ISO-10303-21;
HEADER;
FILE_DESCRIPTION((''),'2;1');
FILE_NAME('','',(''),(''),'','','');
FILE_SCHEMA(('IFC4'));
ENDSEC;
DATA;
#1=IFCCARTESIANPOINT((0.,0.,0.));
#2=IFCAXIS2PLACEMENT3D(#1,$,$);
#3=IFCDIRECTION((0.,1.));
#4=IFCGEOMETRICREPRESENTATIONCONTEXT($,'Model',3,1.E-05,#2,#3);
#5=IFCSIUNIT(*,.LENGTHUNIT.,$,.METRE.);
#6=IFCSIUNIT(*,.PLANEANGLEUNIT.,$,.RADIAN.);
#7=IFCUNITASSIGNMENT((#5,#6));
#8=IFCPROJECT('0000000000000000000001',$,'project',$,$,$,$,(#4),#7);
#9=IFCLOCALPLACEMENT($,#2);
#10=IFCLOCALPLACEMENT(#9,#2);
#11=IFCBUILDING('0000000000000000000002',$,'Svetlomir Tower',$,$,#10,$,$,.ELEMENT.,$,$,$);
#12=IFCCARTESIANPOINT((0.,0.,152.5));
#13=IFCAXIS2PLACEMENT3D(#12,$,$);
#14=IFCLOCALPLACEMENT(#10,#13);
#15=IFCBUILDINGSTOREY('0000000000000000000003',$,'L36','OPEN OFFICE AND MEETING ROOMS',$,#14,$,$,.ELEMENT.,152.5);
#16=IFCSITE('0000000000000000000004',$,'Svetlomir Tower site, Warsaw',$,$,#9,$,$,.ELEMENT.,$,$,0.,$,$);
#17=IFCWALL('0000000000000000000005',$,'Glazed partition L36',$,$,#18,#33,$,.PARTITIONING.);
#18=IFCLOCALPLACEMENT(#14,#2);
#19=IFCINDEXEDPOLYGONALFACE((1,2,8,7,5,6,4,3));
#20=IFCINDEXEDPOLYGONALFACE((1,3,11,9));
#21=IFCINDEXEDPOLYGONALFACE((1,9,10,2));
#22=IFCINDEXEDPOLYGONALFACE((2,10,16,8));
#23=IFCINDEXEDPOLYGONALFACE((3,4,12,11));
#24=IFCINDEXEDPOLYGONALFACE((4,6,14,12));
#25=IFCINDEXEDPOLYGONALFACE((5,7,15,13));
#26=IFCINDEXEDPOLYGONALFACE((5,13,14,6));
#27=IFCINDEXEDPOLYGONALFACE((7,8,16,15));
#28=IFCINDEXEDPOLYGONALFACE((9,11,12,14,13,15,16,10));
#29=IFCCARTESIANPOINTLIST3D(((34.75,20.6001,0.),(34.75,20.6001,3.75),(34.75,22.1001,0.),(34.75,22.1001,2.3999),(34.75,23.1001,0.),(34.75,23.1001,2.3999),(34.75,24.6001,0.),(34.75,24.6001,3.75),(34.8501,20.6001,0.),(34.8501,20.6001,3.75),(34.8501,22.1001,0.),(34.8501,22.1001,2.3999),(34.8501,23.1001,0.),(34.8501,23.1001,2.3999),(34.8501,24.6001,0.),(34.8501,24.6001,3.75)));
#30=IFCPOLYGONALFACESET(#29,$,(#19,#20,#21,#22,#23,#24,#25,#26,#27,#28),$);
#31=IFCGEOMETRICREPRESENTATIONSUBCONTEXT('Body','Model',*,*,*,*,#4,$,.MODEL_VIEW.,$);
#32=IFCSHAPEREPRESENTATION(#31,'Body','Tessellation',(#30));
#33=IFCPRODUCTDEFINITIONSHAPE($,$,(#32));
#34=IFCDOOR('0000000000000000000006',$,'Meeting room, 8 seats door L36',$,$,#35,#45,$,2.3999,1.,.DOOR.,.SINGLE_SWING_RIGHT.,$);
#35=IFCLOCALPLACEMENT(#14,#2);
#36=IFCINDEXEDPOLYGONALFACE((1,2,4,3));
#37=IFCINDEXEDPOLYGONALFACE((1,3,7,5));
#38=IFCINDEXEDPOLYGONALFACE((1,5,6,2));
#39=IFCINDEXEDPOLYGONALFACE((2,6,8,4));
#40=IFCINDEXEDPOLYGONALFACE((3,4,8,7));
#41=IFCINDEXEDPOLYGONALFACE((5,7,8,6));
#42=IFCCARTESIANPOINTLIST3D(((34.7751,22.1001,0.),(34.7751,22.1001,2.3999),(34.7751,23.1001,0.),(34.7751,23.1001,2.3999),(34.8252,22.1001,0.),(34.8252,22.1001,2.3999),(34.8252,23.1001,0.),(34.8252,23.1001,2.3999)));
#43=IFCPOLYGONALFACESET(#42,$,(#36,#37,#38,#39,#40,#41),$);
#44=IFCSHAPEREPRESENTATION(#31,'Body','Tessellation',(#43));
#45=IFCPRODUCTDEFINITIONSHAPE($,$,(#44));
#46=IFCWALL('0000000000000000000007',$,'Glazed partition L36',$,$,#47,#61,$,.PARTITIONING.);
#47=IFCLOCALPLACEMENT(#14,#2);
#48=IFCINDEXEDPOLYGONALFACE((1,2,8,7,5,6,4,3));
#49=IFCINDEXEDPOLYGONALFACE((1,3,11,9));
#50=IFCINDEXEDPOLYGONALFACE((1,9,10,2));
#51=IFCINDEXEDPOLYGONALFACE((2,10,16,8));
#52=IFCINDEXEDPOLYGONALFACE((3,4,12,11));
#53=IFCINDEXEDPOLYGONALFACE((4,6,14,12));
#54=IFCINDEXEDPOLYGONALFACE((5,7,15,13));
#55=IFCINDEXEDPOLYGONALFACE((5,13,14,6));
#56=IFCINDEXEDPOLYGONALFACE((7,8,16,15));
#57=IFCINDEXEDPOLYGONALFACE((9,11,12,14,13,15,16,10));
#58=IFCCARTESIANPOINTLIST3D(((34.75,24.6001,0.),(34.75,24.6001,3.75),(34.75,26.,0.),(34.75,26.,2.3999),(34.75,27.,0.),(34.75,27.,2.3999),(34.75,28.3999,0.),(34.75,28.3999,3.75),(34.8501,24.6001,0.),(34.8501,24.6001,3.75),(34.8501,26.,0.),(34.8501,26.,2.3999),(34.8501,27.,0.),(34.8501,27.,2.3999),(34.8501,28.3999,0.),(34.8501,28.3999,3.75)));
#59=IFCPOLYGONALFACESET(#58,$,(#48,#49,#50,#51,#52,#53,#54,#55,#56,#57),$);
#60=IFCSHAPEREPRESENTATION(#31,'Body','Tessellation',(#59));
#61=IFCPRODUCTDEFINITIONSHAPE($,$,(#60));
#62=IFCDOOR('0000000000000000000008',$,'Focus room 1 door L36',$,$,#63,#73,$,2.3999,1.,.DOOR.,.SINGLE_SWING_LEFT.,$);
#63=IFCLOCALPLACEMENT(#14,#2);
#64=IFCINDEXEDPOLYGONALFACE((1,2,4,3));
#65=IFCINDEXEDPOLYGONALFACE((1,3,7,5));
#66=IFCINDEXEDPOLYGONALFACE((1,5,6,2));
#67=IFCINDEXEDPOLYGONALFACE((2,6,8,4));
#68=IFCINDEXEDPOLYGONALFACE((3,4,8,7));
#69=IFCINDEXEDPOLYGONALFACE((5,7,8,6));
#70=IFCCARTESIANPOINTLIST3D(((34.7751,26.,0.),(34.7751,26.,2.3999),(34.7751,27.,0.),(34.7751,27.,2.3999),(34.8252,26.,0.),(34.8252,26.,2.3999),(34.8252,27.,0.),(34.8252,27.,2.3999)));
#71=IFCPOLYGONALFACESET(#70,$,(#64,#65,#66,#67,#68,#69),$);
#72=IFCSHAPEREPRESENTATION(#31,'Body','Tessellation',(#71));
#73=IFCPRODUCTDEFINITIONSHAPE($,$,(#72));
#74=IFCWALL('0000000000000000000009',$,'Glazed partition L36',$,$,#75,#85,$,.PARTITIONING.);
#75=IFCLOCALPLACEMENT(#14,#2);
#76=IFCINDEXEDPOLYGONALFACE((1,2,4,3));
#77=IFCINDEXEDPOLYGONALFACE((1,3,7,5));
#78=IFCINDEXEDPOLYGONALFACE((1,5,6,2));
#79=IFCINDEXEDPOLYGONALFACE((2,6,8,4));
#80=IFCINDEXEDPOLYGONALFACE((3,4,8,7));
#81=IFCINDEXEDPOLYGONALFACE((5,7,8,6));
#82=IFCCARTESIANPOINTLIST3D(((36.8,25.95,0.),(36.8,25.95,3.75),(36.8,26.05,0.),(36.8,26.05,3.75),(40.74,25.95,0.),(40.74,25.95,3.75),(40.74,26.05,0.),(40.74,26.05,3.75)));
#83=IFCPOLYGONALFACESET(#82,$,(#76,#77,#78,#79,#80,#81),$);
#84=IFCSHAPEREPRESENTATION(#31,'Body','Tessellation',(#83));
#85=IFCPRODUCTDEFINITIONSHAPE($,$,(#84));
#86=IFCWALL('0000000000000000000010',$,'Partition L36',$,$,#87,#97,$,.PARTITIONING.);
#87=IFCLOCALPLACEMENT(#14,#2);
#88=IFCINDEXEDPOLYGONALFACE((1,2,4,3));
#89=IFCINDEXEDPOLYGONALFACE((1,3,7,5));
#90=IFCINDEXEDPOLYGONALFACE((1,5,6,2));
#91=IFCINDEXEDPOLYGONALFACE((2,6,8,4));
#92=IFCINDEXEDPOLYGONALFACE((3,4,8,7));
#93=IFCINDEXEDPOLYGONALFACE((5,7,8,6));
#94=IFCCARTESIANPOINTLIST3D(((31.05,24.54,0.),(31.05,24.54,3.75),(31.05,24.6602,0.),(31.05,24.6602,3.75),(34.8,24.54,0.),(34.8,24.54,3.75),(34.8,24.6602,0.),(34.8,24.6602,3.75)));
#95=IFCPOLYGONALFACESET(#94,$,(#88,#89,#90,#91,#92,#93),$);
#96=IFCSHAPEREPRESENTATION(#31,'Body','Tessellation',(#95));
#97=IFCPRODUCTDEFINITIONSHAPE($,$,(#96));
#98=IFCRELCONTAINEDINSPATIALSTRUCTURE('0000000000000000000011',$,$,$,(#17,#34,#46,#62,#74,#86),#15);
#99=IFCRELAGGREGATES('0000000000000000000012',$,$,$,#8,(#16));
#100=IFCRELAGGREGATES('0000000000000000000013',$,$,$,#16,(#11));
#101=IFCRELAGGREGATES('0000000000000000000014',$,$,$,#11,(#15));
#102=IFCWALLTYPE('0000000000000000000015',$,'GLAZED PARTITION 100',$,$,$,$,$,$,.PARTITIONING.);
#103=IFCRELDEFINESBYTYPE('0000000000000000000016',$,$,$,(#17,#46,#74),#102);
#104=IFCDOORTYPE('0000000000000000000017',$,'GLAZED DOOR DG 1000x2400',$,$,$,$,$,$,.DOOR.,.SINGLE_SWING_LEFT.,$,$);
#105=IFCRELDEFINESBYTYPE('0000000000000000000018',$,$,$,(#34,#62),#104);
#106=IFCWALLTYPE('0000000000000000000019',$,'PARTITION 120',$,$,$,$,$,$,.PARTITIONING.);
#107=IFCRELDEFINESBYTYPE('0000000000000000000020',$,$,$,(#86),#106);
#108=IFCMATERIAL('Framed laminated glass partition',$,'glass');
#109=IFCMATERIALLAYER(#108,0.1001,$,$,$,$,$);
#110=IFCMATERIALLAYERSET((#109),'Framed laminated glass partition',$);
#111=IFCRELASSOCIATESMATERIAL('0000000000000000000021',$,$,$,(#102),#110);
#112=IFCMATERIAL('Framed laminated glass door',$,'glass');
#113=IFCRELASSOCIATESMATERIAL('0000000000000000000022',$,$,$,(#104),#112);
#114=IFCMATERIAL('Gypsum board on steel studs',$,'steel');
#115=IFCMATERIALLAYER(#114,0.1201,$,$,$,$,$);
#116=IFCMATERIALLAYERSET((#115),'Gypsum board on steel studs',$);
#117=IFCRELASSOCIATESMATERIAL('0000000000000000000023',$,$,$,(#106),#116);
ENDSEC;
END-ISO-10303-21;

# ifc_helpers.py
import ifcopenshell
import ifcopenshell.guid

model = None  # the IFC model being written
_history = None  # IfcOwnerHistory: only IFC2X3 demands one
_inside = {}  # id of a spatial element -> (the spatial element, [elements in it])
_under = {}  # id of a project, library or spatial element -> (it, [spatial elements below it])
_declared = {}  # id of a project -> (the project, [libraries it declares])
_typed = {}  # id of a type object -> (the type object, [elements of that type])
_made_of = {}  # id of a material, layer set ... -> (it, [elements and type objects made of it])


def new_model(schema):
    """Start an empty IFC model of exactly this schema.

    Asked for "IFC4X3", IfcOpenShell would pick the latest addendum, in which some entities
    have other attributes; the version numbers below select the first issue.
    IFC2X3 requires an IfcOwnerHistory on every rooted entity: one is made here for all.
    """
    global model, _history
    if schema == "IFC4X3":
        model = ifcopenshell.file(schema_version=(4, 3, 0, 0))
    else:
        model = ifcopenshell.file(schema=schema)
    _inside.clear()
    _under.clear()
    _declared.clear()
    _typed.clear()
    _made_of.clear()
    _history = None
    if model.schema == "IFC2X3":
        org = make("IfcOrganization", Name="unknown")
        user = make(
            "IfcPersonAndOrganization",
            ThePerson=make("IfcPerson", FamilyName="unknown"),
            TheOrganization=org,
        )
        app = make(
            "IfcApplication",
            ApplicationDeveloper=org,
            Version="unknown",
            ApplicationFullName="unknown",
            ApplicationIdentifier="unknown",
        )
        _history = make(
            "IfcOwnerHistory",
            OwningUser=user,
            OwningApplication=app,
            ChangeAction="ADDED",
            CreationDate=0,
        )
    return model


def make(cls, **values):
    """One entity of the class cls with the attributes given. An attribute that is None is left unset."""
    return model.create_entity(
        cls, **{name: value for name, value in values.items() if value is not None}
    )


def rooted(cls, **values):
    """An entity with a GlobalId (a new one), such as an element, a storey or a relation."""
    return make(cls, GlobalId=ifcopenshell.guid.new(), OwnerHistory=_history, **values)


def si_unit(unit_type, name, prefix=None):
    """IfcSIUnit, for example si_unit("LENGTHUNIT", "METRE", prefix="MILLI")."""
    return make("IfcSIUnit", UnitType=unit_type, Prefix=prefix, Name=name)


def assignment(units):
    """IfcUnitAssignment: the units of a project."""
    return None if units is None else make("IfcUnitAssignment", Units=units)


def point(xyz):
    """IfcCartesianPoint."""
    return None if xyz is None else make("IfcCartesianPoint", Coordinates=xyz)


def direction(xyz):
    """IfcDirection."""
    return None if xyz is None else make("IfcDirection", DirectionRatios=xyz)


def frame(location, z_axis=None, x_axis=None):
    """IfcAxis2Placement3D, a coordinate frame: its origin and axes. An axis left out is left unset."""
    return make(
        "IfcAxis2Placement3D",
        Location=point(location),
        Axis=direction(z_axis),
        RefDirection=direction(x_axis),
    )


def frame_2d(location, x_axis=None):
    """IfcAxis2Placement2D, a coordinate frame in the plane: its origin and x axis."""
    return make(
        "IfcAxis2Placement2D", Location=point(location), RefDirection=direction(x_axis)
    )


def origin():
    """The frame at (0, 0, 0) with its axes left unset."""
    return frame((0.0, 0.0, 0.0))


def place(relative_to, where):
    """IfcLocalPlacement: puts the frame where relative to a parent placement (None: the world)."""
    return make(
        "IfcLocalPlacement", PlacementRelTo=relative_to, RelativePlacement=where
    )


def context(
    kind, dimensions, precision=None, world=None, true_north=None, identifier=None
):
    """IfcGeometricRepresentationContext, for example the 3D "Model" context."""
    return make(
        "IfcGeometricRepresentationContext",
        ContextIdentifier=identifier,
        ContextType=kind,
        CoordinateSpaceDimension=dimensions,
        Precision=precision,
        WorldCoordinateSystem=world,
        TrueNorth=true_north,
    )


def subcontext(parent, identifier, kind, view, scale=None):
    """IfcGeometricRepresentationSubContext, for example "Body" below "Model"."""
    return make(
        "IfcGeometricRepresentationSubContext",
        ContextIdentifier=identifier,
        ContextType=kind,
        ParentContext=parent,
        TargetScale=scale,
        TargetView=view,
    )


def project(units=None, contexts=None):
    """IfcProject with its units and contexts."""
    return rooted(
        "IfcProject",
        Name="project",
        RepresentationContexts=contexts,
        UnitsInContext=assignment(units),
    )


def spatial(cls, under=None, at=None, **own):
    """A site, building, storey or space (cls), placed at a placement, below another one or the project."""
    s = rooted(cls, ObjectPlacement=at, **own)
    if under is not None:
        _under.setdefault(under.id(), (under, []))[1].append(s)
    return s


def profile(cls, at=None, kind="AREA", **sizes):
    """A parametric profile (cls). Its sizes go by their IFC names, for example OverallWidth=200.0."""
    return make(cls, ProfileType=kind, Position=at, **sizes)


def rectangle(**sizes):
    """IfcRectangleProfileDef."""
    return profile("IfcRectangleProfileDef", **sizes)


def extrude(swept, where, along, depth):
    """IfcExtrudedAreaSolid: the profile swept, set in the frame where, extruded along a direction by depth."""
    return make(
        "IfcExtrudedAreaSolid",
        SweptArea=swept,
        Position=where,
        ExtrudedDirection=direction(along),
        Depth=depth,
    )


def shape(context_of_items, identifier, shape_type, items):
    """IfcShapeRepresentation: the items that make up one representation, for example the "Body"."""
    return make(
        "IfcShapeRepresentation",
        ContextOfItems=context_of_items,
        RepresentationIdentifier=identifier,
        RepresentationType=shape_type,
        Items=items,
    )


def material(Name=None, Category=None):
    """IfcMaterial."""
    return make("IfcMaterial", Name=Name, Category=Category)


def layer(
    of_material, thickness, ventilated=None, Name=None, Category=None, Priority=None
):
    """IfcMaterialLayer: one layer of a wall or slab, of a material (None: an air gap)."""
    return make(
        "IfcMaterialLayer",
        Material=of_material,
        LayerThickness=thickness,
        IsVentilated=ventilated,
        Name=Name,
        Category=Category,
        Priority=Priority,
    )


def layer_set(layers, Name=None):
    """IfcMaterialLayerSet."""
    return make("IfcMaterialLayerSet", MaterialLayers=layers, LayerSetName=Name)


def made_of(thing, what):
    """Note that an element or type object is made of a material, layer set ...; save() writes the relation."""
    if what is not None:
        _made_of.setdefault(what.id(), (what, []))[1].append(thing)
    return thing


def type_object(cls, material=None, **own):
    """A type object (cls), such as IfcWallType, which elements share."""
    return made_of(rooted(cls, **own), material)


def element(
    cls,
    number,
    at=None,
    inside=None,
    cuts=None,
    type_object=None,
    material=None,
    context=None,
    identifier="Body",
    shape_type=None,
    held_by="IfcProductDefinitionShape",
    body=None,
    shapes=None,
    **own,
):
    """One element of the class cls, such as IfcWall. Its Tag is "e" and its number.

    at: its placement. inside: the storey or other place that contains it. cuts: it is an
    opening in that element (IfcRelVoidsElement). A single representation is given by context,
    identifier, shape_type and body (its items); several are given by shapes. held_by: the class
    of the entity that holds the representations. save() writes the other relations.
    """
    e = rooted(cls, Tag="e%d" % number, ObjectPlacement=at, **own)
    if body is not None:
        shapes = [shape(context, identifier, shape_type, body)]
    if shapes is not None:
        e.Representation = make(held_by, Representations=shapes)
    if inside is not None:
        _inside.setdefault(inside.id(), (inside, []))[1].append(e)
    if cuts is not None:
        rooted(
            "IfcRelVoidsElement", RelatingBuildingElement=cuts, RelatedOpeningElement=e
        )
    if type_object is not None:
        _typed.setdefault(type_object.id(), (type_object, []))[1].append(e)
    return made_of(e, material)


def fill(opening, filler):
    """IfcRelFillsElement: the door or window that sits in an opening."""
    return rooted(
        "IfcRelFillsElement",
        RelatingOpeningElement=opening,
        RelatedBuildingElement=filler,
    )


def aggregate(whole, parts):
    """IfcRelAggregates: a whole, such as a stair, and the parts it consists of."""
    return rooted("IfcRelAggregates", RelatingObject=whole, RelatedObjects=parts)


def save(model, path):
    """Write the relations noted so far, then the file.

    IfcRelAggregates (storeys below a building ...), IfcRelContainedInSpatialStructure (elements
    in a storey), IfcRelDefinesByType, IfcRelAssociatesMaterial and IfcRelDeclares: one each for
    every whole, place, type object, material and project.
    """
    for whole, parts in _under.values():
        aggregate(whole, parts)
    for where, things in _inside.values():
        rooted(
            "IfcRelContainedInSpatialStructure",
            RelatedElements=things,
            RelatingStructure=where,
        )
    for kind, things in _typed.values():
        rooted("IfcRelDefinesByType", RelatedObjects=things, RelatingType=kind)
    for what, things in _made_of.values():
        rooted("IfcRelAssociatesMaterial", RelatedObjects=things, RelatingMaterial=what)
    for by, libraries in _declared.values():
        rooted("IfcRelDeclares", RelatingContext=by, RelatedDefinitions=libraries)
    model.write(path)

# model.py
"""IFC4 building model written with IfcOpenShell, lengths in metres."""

from ifc_helpers import new_model, si_unit, direction, frame, frame_2d, origin, place, context, subcontext, project, spatial, rectangle, extrude, material, layer, layer_set, type_object, element, fill, save


model = new_model("IFC4")

# Units and contexts
model_context = context("Model", 3, precision=1e-05, world=origin(), true_north=direction((0.0, 1.0)))
body_context = subcontext(model_context, "Body", "Model", "MODEL_VIEW")
ifc_project = project(units=[si_unit("LENGTHUNIT", "METRE"), si_unit("PLANEANGLEUNIT", "RADIAN")], contexts=[model_context])

# Site, building, storey
site_placement = place(None, origin())
site = spatial("IfcSite", under=ifc_project, at=site_placement, Name="Svetlomir Tower site, Warsaw", CompositionType="ELEMENT", RefElevation=0.0)
building_placement = place(site_placement, origin())
building = spatial("IfcBuilding", under=site, at=building_placement, Name="Svetlomir Tower", CompositionType="ELEMENT")
storey_placement = place(building_placement, frame((0.0, 0.0, 152.5)))
storey = spatial("IfcBuildingStorey", under=building, at=storey_placement, Name="L36", Description="OPEN OFFICE AND MEETING ROOMS", CompositionType="ELEMENT", Elevation=152.5)

# Shared definitions
ifc_material_1 = material(Name="Framed laminated glass partition", Category="glass")
ifc_layer_1 = layer(ifc_material_1, 0.1001)
ifc_layer_set_1 = layer_set([ifc_layer_1], Name="Framed laminated glass partition")
wall_type_1 = type_object("IfcWallType", Name="GLAZED PARTITION 100", PredefinedType="PARTITIONING", material=ifc_layer_set_1)

# Walls, openings, doors
wall_1_placement = place(storey_placement, frame((34.8, 20.6001, 0.0), z_axis=(0.0, 0.0, 1.0), x_axis=(0.0, 1.0, 0.0)))
wall_1 = element("IfcWall", 1, at=wall_1_placement, inside=storey, type_object=wall_type_1, Name="Glazed partition L36", PredefinedType="PARTITIONING", context=body_context, shape_type="SweptSolid", body=[
    extrude(rectangle(XDim=4.0, YDim=0.1001, at=frame_2d((2.0, 0.0))), origin(), (0.0, 0.0, 1.0), 3.75),
])
opening_1_placement = place(wall_1_placement, frame((1.5, 0.0, 0.0)))
opening_1 = element("IfcOpeningElement", 2, at=opening_1_placement, cuts=wall_1, PredefinedType="OPENING", context=body_context, shape_type="SweptSolid", body=[
    extrude(rectangle(XDim=1.0, YDim=2.3999, at=frame_2d((0.5, 1.2))), frame((0.0, 0.0601, 0.0), z_axis=(0.0, -1.0, 0.0), x_axis=(1.0, 0.0, 0.0)), (0.0, 0.0, 1.0), 0.1201),
])
ifc_material_2 = material(Name="Framed laminated glass door", Category="glass")
door_type = type_object("IfcDoorType", Name="GLAZED DOOR DG 1000x2400", OperationType="SINGLE_SWING_LEFT", PredefinedType="DOOR", material=ifc_material_2)
door_1_placement = place(opening_1_placement, origin())
door_1 = element("IfcDoor", 3, at=door_1_placement, inside=storey, type_object=door_type, Name="Meeting room, 8 seats door L36", OperationType="SINGLE_SWING_RIGHT", OverallHeight=2.3999, OverallWidth=1.0, PredefinedType="DOOR", context=body_context, shape_type="SweptSolid", body=[
    extrude(rectangle(XDim=1.0, YDim=2.3999, at=frame_2d((0.5, 1.2))), frame((0.0, 0.0249, 0.0), z_axis=(0.0, -1.0, 0.0), x_axis=(1.0, 0.0, 0.0)), (0.0, 0.0, 1.0), 0.05),
])
fill(opening_1, door_1)
wall_2_placement = place(storey_placement, frame((34.8, 24.6001, 0.0), z_axis=(0.0, 0.0, 1.0), x_axis=(0.0, 1.0, 0.0)))
wall_2 = element("IfcWall", 4, at=wall_2_placement, inside=storey, type_object=wall_type_1, Name="Glazed partition L36", PredefinedType="PARTITIONING", context=body_context, shape_type="SweptSolid", body=[
    extrude(rectangle(XDim=3.7998, YDim=0.1001, at=frame_2d((1.8999, 0.0))), origin(), (0.0, 0.0, 1.0), 3.75),
])
opening_2_placement = place(wall_2_placement, frame((1.3999, 0.0, 0.0)))
opening_2 = element("IfcOpeningElement", 5, at=opening_2_placement, cuts=wall_2, PredefinedType="OPENING", context=body_context, shape_type="SweptSolid", body=[
    extrude(rectangle(XDim=1.0, YDim=2.3999, at=frame_2d((0.5, 1.2))), frame((0.0, 0.0601, 0.0), z_axis=(0.0, -1.0, 0.0), x_axis=(1.0, 0.0, 0.0)), (0.0, 0.0, 1.0), 0.1201),
])
door_2_placement = place(opening_2_placement, origin())
door_2 = element("IfcDoor", 6, at=door_2_placement, inside=storey, type_object=door_type, Name="Focus room 1 door L36", OperationType="SINGLE_SWING_LEFT", OverallHeight=2.3999, OverallWidth=1.0, PredefinedType="DOOR", context=body_context, shape_type="SweptSolid", body=[
    extrude(rectangle(XDim=1.0, YDim=2.3999, at=frame_2d((0.5, 1.2))), frame((0.0, 0.0249, 0.0), z_axis=(0.0, -1.0, 0.0), x_axis=(1.0, 0.0, 0.0)), (0.0, 0.0, 1.0), 0.05),
])
fill(opening_2, door_2)

# Walls
wall_3_placement = place(storey_placement, frame((36.8, 26.0, 0.0), z_axis=(0.0, 0.0, 1.0), x_axis=(1.0, 0.0, 0.0)))
element("IfcWall", 7, at=wall_3_placement, inside=storey, type_object=wall_type_1, Name="Glazed partition L36", PredefinedType="PARTITIONING", context=body_context, shape_type="SweptSolid", body=[
    extrude(rectangle(XDim=3.9399, YDim=0.1001, at=frame_2d((1.97, 0.0))), origin(), (0.0, 0.0, 1.0), 3.75),
])
ifc_material_3 = material(Name="Gypsum board on steel studs", Category="steel")
ifc_layer_2 = layer(ifc_material_3, 0.1201)
ifc_layer_set_2 = layer_set([ifc_layer_2], Name="Gypsum board on steel studs")
wall_type_2 = type_object("IfcWallType", Name="PARTITION 120", PredefinedType="PARTITIONING", material=ifc_layer_set_2)
wall_4_placement = place(storey_placement, frame((31.05, 24.6001, 0.0), z_axis=(0.0, 0.0, 1.0), x_axis=(1.0, 0.0, 0.0)))
element("IfcWall", 8, at=wall_4_placement, inside=storey, type_object=wall_type_2, Name="Partition L36", PredefinedType="PARTITIONING", context=body_context, shape_type="SweptSolid", body=[
    extrude(rectangle(XDim=3.75, YDim=0.1201, at=frame_2d((1.875, 0.0))), origin(), (0.0, 0.0, 1.0), 3.75),
])

save(model, "model.ifc")
